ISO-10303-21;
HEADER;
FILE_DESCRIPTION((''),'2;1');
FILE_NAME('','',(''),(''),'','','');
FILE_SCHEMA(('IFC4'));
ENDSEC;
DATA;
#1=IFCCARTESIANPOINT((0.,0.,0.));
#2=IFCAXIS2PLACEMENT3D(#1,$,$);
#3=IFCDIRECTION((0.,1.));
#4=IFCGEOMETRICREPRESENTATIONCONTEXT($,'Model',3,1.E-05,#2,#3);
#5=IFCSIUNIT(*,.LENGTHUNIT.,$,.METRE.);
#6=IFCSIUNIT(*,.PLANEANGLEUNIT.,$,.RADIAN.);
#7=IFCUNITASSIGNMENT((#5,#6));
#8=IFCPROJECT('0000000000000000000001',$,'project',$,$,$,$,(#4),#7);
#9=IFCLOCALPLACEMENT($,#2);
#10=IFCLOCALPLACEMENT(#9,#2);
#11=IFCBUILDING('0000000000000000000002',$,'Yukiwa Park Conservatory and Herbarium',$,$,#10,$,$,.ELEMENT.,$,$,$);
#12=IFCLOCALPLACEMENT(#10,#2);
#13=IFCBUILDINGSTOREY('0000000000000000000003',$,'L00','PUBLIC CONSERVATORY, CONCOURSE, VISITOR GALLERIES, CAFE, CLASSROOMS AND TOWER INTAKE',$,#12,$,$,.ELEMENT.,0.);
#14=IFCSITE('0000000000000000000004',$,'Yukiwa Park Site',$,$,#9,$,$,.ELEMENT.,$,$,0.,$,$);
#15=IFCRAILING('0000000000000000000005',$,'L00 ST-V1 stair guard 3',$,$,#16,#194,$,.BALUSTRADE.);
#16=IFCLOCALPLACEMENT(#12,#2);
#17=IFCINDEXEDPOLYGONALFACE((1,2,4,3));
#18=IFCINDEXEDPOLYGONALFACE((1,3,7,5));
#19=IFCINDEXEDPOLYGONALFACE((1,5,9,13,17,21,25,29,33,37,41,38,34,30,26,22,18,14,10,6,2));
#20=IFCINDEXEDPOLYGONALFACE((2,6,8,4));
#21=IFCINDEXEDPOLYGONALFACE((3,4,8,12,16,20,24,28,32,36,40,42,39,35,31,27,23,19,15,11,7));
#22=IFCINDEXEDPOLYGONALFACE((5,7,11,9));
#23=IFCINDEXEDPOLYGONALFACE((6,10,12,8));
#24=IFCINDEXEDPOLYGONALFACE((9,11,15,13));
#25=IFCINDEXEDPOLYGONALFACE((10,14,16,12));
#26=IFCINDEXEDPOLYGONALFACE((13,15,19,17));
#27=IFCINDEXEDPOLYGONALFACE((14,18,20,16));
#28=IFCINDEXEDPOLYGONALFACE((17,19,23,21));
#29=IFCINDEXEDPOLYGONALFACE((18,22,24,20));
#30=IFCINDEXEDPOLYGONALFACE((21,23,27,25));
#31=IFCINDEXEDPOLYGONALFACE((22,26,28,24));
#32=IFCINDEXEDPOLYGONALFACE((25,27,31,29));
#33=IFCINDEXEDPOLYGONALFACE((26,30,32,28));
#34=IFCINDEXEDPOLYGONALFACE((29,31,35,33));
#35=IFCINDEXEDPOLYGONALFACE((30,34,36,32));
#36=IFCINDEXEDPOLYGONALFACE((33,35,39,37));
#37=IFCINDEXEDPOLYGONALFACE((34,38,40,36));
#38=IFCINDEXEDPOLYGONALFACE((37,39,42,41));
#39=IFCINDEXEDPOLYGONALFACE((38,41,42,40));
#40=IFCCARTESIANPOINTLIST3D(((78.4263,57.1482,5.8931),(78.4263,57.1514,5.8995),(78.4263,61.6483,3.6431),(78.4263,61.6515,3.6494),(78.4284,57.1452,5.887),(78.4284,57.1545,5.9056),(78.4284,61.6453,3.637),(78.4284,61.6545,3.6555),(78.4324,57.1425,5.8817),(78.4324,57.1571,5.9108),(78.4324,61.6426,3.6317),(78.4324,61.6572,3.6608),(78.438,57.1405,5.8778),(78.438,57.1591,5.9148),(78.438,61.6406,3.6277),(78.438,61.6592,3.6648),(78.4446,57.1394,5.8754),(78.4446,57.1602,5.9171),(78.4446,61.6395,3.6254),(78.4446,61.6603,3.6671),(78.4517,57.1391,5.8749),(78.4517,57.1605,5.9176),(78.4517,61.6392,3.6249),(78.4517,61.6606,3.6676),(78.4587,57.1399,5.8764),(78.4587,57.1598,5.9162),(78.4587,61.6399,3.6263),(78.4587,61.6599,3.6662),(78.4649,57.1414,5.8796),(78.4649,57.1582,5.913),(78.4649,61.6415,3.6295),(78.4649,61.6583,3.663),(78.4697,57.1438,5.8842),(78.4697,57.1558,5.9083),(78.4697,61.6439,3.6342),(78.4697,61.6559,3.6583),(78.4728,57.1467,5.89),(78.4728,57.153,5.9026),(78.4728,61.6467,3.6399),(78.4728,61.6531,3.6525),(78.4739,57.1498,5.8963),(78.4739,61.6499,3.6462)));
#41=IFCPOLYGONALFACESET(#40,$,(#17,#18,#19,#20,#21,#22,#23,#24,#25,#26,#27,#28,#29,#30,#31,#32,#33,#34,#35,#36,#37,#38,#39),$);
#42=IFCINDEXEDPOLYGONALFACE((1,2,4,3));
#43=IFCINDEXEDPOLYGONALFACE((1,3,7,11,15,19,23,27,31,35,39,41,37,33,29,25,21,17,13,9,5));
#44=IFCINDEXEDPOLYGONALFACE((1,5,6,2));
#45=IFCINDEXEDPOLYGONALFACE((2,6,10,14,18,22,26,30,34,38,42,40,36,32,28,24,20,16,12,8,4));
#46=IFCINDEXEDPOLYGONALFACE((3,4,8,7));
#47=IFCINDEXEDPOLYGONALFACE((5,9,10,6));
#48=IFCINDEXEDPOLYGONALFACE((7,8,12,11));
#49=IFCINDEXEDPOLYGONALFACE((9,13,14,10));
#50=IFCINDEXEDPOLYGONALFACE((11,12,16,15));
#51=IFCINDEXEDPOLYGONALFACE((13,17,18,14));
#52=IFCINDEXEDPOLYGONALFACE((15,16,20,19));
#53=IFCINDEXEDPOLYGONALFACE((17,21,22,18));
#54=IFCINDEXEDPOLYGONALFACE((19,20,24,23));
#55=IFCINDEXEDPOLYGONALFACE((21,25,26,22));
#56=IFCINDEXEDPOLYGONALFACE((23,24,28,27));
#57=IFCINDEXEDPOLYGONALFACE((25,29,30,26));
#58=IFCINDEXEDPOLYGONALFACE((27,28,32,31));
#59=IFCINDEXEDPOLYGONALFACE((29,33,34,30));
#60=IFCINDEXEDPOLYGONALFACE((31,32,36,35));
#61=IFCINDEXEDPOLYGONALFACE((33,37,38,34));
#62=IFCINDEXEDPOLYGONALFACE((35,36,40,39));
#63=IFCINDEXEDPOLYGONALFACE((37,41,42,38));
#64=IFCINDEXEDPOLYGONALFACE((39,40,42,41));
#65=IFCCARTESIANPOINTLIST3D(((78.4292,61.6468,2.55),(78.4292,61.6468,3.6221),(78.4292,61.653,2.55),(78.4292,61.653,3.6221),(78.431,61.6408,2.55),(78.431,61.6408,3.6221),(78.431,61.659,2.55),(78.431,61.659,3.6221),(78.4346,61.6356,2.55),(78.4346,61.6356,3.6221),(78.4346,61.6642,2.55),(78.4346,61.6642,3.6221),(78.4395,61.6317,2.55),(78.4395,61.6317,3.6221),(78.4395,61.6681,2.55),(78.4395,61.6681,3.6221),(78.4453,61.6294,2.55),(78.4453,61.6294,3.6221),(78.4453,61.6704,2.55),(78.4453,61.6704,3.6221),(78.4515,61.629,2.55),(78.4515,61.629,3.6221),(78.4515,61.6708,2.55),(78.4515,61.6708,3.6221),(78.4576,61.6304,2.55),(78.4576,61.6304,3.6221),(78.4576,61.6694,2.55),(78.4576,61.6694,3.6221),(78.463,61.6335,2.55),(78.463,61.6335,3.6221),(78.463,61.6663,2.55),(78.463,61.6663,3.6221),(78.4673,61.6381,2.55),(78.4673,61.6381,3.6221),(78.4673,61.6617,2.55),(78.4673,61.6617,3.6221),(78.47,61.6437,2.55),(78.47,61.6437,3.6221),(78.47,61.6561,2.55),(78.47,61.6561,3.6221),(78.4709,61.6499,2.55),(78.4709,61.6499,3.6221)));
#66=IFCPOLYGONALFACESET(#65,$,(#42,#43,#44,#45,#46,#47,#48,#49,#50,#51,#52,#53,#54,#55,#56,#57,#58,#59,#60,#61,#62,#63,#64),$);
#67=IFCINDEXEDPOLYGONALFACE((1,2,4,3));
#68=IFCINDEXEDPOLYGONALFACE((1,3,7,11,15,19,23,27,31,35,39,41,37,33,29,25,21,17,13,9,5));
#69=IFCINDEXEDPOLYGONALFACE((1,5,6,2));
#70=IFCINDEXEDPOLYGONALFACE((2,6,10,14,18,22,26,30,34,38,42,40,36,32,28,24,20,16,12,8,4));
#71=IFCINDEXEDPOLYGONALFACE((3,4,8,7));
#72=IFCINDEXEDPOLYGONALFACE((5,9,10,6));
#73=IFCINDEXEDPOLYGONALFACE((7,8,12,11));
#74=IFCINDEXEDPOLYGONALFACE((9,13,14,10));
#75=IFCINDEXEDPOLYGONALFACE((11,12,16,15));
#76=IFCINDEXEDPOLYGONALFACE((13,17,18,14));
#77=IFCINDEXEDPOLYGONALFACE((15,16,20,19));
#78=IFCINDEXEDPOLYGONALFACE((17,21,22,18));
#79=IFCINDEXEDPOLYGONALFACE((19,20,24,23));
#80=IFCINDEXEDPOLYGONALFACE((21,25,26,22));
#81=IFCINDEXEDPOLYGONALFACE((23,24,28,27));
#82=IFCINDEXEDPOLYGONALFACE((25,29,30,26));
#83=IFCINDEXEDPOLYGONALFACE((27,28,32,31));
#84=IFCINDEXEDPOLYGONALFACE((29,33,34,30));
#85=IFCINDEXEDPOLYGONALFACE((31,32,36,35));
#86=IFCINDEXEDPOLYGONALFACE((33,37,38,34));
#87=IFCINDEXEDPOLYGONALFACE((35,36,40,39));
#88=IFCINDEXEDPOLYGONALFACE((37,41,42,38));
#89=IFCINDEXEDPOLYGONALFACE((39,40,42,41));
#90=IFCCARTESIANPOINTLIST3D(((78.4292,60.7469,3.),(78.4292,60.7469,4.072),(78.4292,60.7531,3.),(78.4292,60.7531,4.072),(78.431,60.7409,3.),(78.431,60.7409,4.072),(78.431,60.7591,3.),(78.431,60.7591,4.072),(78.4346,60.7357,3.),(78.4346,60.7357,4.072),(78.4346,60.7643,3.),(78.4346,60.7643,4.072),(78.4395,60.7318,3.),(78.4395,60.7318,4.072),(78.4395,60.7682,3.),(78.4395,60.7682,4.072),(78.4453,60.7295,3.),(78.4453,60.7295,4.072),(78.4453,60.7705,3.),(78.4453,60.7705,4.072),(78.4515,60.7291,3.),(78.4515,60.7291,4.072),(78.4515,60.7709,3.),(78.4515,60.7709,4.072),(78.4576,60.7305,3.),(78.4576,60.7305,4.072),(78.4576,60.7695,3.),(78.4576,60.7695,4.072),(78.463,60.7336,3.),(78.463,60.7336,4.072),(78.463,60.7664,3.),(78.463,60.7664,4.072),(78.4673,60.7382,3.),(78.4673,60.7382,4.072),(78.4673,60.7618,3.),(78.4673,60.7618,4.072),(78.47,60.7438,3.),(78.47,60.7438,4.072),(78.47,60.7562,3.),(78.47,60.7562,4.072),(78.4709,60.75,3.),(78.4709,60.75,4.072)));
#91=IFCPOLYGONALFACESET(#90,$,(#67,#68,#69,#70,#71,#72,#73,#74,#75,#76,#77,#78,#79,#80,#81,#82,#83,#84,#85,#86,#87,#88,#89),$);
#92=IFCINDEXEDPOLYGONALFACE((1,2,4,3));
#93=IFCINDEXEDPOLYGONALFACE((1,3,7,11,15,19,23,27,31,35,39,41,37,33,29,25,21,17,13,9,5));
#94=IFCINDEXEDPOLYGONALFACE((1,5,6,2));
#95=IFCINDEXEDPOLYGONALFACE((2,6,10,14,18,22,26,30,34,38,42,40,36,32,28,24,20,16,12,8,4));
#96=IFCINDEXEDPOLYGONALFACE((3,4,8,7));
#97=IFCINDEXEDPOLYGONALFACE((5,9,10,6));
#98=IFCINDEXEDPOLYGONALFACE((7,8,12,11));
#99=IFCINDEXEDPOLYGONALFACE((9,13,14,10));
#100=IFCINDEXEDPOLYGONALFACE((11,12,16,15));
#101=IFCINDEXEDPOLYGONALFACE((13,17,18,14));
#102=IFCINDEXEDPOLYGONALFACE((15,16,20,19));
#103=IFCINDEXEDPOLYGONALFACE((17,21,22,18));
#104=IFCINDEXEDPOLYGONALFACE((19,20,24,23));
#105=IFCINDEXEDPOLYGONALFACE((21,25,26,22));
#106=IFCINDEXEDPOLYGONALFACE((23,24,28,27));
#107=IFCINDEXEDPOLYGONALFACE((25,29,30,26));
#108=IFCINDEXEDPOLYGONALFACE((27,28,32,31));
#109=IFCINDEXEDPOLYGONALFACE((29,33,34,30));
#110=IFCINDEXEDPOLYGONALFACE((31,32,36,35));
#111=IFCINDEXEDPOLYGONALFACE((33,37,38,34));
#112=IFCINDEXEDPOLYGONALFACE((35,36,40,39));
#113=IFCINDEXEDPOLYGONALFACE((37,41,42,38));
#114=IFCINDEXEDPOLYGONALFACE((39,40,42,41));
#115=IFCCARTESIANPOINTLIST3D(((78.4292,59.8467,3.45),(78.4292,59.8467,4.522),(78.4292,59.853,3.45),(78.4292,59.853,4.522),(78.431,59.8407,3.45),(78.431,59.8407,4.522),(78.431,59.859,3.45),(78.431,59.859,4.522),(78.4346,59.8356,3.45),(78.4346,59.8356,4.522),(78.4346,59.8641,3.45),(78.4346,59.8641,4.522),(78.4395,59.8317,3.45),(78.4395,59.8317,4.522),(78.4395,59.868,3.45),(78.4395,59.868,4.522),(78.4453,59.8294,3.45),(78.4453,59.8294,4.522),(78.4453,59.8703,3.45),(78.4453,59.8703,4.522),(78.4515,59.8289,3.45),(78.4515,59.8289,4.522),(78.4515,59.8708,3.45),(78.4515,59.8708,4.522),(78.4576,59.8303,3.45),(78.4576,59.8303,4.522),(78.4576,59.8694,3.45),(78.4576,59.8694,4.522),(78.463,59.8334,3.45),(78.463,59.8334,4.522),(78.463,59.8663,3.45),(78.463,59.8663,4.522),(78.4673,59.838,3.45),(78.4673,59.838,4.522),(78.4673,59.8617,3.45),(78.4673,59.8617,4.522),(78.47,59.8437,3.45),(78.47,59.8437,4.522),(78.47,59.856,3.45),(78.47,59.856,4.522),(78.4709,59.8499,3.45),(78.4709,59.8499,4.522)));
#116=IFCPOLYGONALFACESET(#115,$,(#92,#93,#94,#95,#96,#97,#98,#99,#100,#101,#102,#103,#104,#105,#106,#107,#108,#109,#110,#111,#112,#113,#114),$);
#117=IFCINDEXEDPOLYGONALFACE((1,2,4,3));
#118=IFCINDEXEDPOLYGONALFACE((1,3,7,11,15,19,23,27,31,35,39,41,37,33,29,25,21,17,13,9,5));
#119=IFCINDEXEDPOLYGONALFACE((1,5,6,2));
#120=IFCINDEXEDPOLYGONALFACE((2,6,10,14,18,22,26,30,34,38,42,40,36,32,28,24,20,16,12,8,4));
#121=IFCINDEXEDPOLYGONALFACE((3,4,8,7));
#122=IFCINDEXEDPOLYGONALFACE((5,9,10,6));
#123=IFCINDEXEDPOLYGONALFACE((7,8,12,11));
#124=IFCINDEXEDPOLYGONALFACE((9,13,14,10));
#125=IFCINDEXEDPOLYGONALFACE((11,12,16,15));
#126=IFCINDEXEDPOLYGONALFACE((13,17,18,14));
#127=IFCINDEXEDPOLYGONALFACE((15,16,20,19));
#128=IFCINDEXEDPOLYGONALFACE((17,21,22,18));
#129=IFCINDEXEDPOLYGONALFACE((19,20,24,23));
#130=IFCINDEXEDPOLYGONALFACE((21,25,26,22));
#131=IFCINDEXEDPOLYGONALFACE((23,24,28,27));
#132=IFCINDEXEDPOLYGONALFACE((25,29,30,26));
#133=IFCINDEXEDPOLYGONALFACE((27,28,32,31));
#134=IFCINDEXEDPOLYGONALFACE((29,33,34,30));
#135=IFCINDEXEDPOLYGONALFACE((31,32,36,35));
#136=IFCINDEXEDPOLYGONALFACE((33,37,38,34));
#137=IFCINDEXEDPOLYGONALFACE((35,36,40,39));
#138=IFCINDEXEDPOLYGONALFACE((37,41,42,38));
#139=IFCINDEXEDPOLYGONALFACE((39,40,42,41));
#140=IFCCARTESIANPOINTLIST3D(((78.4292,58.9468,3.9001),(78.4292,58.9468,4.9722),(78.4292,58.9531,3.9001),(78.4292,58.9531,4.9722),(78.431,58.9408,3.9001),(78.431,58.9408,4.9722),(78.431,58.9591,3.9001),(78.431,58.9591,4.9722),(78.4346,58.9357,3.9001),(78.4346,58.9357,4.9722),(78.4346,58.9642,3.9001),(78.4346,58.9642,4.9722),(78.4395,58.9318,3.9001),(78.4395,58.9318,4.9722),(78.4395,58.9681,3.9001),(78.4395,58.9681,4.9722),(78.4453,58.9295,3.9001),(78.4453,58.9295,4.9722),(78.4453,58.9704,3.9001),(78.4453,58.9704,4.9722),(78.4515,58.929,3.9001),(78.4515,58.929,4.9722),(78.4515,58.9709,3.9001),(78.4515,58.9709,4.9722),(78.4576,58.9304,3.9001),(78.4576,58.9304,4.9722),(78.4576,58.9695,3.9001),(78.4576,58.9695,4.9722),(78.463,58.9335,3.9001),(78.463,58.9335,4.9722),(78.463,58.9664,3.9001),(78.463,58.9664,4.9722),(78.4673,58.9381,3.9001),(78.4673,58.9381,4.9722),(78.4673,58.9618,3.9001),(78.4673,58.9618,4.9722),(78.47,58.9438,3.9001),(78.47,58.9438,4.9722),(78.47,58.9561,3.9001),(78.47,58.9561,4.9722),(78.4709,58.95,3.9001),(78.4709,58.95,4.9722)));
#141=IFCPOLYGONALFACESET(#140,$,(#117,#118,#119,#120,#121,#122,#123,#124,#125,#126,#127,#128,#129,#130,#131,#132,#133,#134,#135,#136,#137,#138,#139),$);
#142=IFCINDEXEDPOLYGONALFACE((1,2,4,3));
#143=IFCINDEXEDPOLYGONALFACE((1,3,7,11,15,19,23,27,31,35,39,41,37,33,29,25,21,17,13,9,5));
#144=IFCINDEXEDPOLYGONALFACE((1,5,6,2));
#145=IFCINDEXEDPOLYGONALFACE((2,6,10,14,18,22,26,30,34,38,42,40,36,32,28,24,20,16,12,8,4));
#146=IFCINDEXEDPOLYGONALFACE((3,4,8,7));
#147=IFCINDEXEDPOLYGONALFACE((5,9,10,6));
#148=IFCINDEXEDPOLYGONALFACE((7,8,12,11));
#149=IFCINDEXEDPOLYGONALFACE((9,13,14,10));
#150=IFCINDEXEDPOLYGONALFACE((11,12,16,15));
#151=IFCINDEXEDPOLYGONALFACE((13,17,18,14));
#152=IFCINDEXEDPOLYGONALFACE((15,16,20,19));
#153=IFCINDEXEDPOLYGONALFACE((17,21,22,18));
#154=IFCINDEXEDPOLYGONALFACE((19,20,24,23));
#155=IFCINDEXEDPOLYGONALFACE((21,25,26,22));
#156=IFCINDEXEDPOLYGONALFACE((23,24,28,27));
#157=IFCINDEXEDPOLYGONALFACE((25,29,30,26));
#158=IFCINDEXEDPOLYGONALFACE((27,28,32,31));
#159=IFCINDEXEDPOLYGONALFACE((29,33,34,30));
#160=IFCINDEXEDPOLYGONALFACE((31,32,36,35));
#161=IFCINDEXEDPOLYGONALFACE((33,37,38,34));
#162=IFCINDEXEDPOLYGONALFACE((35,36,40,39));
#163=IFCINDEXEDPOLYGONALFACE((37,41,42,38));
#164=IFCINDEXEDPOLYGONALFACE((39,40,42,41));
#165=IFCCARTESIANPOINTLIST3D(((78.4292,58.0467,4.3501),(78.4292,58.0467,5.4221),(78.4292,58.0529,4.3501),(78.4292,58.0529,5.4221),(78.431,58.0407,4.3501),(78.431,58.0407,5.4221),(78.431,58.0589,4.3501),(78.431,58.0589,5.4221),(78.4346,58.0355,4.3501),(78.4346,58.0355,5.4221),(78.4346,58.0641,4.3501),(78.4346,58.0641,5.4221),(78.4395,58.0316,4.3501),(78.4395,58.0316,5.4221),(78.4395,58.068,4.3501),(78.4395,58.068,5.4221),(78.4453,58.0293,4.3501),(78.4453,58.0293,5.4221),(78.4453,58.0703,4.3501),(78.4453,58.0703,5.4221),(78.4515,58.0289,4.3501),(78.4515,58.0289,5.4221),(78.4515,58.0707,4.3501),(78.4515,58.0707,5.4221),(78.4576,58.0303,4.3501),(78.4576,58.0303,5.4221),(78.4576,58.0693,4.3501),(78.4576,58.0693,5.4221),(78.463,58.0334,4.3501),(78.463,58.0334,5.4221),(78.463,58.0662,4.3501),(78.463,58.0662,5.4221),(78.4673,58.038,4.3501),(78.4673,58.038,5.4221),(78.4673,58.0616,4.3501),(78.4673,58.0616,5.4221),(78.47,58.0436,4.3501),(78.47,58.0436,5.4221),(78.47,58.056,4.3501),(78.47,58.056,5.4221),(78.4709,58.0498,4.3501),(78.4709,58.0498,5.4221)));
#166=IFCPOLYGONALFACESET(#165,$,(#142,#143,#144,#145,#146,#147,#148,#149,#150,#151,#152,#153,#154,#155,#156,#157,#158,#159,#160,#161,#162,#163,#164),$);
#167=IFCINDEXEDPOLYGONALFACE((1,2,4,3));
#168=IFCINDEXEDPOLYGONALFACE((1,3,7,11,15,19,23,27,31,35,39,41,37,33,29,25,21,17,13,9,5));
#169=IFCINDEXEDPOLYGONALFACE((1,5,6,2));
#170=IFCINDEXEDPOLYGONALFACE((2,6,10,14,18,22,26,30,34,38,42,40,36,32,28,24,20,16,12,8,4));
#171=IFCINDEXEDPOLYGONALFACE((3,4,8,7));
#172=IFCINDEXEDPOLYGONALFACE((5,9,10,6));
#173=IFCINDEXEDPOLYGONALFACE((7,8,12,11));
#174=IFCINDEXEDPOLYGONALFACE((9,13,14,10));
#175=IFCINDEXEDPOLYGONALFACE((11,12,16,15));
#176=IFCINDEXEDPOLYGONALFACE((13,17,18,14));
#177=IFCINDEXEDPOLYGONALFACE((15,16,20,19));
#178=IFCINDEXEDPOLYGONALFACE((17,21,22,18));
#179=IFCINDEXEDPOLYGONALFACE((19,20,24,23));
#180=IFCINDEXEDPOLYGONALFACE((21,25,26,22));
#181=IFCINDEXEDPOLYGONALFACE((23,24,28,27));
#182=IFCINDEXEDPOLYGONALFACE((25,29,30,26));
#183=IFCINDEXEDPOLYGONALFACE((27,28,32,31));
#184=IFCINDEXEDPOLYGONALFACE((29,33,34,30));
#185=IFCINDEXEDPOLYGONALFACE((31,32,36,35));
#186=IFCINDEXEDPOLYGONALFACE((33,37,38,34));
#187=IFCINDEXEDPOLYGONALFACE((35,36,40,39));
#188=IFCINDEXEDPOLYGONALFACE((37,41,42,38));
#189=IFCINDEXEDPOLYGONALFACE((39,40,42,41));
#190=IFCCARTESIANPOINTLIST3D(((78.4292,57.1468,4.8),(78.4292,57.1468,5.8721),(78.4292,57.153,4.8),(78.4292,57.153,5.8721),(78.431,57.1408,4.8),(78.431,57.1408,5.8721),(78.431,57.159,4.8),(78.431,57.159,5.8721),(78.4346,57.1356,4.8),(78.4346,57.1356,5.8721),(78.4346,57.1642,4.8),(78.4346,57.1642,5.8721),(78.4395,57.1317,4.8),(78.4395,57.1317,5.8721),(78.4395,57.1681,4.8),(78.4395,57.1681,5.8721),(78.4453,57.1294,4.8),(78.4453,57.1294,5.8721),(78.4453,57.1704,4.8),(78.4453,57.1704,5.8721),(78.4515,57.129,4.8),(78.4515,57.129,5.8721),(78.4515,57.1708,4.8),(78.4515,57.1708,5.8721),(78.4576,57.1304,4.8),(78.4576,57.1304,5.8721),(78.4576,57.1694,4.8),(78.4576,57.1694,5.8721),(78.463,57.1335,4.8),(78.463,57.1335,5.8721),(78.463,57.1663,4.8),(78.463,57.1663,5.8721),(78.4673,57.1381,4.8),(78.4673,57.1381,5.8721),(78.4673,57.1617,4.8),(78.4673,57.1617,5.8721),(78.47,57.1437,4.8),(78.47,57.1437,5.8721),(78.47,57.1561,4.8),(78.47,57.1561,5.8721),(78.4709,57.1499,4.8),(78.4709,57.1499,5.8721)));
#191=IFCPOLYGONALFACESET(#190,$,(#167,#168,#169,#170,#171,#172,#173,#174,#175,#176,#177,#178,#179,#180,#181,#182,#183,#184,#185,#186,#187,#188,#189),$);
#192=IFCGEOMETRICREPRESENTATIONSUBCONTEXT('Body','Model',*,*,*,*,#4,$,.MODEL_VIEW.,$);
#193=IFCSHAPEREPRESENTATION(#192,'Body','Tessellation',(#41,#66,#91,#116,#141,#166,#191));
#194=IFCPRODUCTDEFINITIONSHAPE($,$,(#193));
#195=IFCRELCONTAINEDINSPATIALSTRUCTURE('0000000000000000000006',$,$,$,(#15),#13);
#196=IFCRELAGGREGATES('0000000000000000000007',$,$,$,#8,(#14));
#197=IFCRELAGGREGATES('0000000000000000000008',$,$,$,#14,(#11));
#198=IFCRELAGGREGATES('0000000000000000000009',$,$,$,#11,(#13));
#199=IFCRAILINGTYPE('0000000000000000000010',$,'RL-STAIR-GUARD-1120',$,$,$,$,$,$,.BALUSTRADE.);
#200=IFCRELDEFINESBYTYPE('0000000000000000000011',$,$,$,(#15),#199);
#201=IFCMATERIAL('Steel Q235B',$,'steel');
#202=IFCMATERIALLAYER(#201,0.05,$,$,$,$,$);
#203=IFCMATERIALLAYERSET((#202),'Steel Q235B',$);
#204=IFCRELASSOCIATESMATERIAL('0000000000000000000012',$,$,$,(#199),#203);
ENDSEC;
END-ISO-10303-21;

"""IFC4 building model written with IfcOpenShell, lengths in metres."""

from ifc_helpers import new_model, si_unit, direction, frame, origin, origin_2d, place, context, subcontext, project, spatial, circle, extrude, material, layer, layer_set, type_object, element, save


model = new_model("IFC4")

# Units and contexts
model_context = context("Model", 3, precision=1e-05, world=origin(), true_north=direction((0.0, 1.0)))
body_context = subcontext(model_context, "Body", "Model", "MODEL_VIEW")
ifc_project = project(units=[si_unit("LENGTHUNIT", "METRE"), si_unit("PLANEANGLEUNIT", "RADIAN")], contexts=[model_context])

# Site, building, storey
site_placement = place(None, origin())
site = spatial("IfcSite", under=ifc_project, at=site_placement, Name="Yukiwa Park Site", CompositionType="ELEMENT", RefElevation=0.0)
building_placement = place(site_placement, origin())
building = spatial("IfcBuilding", under=site, at=building_placement, Name="Yukiwa Park Conservatory and Herbarium", CompositionType="ELEMENT")
storey_placement = place(building_placement, origin())
storey = spatial("IfcBuildingStorey", under=building, at=storey_placement, Name="L00", Description="PUBLIC CONSERVATORY, CONCOURSE, VISITOR GALLERIES, CAFE, CLASSROOMS AND TOWER INTAKE", CompositionType="ELEMENT", Elevation=0.0)

# Railing
ifc_material_1 = material(Name="Steel Q235B", Category="steel")
ifc_layer_1 = layer(ifc_material_1, 0.05)
ifc_layer_set_1 = layer_set([ifc_layer_1], Name="Steel Q235B")
railing_type_1 = type_object("IfcRailingType", Name="RL-STAIR-GUARD-1120", PredefinedType="BALUSTRADE", material=ifc_layer_set_1)
railing_1_placement = place(storey_placement, frame((78.45, 61.6499, 2.55)))
element("IfcRailing", 1, at=railing_1_placement, inside=storey, type_object=railing_type_1, Name="L00 ST-V1 stair guard 3", PredefinedType="BALUSTRADE", context=body_context, shape_type="SweptSolid", body=[
    extrude(circle(Radius=0.0239, at=origin_2d()), frame((0.0, 0.0, 1.0962), z_axis=(0.0, -0.894427, 0.447214), x_axis=(1.0, 0.0, 0.0)), (0.0, 0.0, 1.0), 5.0312),
    extrude(circle(Radius=0.021, at=origin_2d()), origin(), (0.0, 0.0, 1.0), 1.072),
    extrude(circle(Radius=0.021, at=origin_2d()), frame((0.0, -0.8999, 0.45)), (0.0, 0.0, 1.0), 1.072),
    extrude(circle(Radius=0.021, at=origin_2d()), frame((0.0, -1.8, 0.8999)), (0.0, 0.0, 1.0), 1.072),
    extrude(circle(Radius=0.021, at=origin_2d()), frame((0.0, -2.7, 1.3501)), (0.0, 0.0, 1.0), 1.072),
    extrude(circle(Radius=0.021, at=origin_2d()), frame((0.0, -3.6001, 1.8)), (0.0, 0.0, 1.0), 1.072),
    extrude(circle(Radius=0.021, at=origin_2d()), frame((0.0, -4.5, 2.25)), (0.0, 0.0, 1.0), 1.072),
])

save(model, "model.ifc")
